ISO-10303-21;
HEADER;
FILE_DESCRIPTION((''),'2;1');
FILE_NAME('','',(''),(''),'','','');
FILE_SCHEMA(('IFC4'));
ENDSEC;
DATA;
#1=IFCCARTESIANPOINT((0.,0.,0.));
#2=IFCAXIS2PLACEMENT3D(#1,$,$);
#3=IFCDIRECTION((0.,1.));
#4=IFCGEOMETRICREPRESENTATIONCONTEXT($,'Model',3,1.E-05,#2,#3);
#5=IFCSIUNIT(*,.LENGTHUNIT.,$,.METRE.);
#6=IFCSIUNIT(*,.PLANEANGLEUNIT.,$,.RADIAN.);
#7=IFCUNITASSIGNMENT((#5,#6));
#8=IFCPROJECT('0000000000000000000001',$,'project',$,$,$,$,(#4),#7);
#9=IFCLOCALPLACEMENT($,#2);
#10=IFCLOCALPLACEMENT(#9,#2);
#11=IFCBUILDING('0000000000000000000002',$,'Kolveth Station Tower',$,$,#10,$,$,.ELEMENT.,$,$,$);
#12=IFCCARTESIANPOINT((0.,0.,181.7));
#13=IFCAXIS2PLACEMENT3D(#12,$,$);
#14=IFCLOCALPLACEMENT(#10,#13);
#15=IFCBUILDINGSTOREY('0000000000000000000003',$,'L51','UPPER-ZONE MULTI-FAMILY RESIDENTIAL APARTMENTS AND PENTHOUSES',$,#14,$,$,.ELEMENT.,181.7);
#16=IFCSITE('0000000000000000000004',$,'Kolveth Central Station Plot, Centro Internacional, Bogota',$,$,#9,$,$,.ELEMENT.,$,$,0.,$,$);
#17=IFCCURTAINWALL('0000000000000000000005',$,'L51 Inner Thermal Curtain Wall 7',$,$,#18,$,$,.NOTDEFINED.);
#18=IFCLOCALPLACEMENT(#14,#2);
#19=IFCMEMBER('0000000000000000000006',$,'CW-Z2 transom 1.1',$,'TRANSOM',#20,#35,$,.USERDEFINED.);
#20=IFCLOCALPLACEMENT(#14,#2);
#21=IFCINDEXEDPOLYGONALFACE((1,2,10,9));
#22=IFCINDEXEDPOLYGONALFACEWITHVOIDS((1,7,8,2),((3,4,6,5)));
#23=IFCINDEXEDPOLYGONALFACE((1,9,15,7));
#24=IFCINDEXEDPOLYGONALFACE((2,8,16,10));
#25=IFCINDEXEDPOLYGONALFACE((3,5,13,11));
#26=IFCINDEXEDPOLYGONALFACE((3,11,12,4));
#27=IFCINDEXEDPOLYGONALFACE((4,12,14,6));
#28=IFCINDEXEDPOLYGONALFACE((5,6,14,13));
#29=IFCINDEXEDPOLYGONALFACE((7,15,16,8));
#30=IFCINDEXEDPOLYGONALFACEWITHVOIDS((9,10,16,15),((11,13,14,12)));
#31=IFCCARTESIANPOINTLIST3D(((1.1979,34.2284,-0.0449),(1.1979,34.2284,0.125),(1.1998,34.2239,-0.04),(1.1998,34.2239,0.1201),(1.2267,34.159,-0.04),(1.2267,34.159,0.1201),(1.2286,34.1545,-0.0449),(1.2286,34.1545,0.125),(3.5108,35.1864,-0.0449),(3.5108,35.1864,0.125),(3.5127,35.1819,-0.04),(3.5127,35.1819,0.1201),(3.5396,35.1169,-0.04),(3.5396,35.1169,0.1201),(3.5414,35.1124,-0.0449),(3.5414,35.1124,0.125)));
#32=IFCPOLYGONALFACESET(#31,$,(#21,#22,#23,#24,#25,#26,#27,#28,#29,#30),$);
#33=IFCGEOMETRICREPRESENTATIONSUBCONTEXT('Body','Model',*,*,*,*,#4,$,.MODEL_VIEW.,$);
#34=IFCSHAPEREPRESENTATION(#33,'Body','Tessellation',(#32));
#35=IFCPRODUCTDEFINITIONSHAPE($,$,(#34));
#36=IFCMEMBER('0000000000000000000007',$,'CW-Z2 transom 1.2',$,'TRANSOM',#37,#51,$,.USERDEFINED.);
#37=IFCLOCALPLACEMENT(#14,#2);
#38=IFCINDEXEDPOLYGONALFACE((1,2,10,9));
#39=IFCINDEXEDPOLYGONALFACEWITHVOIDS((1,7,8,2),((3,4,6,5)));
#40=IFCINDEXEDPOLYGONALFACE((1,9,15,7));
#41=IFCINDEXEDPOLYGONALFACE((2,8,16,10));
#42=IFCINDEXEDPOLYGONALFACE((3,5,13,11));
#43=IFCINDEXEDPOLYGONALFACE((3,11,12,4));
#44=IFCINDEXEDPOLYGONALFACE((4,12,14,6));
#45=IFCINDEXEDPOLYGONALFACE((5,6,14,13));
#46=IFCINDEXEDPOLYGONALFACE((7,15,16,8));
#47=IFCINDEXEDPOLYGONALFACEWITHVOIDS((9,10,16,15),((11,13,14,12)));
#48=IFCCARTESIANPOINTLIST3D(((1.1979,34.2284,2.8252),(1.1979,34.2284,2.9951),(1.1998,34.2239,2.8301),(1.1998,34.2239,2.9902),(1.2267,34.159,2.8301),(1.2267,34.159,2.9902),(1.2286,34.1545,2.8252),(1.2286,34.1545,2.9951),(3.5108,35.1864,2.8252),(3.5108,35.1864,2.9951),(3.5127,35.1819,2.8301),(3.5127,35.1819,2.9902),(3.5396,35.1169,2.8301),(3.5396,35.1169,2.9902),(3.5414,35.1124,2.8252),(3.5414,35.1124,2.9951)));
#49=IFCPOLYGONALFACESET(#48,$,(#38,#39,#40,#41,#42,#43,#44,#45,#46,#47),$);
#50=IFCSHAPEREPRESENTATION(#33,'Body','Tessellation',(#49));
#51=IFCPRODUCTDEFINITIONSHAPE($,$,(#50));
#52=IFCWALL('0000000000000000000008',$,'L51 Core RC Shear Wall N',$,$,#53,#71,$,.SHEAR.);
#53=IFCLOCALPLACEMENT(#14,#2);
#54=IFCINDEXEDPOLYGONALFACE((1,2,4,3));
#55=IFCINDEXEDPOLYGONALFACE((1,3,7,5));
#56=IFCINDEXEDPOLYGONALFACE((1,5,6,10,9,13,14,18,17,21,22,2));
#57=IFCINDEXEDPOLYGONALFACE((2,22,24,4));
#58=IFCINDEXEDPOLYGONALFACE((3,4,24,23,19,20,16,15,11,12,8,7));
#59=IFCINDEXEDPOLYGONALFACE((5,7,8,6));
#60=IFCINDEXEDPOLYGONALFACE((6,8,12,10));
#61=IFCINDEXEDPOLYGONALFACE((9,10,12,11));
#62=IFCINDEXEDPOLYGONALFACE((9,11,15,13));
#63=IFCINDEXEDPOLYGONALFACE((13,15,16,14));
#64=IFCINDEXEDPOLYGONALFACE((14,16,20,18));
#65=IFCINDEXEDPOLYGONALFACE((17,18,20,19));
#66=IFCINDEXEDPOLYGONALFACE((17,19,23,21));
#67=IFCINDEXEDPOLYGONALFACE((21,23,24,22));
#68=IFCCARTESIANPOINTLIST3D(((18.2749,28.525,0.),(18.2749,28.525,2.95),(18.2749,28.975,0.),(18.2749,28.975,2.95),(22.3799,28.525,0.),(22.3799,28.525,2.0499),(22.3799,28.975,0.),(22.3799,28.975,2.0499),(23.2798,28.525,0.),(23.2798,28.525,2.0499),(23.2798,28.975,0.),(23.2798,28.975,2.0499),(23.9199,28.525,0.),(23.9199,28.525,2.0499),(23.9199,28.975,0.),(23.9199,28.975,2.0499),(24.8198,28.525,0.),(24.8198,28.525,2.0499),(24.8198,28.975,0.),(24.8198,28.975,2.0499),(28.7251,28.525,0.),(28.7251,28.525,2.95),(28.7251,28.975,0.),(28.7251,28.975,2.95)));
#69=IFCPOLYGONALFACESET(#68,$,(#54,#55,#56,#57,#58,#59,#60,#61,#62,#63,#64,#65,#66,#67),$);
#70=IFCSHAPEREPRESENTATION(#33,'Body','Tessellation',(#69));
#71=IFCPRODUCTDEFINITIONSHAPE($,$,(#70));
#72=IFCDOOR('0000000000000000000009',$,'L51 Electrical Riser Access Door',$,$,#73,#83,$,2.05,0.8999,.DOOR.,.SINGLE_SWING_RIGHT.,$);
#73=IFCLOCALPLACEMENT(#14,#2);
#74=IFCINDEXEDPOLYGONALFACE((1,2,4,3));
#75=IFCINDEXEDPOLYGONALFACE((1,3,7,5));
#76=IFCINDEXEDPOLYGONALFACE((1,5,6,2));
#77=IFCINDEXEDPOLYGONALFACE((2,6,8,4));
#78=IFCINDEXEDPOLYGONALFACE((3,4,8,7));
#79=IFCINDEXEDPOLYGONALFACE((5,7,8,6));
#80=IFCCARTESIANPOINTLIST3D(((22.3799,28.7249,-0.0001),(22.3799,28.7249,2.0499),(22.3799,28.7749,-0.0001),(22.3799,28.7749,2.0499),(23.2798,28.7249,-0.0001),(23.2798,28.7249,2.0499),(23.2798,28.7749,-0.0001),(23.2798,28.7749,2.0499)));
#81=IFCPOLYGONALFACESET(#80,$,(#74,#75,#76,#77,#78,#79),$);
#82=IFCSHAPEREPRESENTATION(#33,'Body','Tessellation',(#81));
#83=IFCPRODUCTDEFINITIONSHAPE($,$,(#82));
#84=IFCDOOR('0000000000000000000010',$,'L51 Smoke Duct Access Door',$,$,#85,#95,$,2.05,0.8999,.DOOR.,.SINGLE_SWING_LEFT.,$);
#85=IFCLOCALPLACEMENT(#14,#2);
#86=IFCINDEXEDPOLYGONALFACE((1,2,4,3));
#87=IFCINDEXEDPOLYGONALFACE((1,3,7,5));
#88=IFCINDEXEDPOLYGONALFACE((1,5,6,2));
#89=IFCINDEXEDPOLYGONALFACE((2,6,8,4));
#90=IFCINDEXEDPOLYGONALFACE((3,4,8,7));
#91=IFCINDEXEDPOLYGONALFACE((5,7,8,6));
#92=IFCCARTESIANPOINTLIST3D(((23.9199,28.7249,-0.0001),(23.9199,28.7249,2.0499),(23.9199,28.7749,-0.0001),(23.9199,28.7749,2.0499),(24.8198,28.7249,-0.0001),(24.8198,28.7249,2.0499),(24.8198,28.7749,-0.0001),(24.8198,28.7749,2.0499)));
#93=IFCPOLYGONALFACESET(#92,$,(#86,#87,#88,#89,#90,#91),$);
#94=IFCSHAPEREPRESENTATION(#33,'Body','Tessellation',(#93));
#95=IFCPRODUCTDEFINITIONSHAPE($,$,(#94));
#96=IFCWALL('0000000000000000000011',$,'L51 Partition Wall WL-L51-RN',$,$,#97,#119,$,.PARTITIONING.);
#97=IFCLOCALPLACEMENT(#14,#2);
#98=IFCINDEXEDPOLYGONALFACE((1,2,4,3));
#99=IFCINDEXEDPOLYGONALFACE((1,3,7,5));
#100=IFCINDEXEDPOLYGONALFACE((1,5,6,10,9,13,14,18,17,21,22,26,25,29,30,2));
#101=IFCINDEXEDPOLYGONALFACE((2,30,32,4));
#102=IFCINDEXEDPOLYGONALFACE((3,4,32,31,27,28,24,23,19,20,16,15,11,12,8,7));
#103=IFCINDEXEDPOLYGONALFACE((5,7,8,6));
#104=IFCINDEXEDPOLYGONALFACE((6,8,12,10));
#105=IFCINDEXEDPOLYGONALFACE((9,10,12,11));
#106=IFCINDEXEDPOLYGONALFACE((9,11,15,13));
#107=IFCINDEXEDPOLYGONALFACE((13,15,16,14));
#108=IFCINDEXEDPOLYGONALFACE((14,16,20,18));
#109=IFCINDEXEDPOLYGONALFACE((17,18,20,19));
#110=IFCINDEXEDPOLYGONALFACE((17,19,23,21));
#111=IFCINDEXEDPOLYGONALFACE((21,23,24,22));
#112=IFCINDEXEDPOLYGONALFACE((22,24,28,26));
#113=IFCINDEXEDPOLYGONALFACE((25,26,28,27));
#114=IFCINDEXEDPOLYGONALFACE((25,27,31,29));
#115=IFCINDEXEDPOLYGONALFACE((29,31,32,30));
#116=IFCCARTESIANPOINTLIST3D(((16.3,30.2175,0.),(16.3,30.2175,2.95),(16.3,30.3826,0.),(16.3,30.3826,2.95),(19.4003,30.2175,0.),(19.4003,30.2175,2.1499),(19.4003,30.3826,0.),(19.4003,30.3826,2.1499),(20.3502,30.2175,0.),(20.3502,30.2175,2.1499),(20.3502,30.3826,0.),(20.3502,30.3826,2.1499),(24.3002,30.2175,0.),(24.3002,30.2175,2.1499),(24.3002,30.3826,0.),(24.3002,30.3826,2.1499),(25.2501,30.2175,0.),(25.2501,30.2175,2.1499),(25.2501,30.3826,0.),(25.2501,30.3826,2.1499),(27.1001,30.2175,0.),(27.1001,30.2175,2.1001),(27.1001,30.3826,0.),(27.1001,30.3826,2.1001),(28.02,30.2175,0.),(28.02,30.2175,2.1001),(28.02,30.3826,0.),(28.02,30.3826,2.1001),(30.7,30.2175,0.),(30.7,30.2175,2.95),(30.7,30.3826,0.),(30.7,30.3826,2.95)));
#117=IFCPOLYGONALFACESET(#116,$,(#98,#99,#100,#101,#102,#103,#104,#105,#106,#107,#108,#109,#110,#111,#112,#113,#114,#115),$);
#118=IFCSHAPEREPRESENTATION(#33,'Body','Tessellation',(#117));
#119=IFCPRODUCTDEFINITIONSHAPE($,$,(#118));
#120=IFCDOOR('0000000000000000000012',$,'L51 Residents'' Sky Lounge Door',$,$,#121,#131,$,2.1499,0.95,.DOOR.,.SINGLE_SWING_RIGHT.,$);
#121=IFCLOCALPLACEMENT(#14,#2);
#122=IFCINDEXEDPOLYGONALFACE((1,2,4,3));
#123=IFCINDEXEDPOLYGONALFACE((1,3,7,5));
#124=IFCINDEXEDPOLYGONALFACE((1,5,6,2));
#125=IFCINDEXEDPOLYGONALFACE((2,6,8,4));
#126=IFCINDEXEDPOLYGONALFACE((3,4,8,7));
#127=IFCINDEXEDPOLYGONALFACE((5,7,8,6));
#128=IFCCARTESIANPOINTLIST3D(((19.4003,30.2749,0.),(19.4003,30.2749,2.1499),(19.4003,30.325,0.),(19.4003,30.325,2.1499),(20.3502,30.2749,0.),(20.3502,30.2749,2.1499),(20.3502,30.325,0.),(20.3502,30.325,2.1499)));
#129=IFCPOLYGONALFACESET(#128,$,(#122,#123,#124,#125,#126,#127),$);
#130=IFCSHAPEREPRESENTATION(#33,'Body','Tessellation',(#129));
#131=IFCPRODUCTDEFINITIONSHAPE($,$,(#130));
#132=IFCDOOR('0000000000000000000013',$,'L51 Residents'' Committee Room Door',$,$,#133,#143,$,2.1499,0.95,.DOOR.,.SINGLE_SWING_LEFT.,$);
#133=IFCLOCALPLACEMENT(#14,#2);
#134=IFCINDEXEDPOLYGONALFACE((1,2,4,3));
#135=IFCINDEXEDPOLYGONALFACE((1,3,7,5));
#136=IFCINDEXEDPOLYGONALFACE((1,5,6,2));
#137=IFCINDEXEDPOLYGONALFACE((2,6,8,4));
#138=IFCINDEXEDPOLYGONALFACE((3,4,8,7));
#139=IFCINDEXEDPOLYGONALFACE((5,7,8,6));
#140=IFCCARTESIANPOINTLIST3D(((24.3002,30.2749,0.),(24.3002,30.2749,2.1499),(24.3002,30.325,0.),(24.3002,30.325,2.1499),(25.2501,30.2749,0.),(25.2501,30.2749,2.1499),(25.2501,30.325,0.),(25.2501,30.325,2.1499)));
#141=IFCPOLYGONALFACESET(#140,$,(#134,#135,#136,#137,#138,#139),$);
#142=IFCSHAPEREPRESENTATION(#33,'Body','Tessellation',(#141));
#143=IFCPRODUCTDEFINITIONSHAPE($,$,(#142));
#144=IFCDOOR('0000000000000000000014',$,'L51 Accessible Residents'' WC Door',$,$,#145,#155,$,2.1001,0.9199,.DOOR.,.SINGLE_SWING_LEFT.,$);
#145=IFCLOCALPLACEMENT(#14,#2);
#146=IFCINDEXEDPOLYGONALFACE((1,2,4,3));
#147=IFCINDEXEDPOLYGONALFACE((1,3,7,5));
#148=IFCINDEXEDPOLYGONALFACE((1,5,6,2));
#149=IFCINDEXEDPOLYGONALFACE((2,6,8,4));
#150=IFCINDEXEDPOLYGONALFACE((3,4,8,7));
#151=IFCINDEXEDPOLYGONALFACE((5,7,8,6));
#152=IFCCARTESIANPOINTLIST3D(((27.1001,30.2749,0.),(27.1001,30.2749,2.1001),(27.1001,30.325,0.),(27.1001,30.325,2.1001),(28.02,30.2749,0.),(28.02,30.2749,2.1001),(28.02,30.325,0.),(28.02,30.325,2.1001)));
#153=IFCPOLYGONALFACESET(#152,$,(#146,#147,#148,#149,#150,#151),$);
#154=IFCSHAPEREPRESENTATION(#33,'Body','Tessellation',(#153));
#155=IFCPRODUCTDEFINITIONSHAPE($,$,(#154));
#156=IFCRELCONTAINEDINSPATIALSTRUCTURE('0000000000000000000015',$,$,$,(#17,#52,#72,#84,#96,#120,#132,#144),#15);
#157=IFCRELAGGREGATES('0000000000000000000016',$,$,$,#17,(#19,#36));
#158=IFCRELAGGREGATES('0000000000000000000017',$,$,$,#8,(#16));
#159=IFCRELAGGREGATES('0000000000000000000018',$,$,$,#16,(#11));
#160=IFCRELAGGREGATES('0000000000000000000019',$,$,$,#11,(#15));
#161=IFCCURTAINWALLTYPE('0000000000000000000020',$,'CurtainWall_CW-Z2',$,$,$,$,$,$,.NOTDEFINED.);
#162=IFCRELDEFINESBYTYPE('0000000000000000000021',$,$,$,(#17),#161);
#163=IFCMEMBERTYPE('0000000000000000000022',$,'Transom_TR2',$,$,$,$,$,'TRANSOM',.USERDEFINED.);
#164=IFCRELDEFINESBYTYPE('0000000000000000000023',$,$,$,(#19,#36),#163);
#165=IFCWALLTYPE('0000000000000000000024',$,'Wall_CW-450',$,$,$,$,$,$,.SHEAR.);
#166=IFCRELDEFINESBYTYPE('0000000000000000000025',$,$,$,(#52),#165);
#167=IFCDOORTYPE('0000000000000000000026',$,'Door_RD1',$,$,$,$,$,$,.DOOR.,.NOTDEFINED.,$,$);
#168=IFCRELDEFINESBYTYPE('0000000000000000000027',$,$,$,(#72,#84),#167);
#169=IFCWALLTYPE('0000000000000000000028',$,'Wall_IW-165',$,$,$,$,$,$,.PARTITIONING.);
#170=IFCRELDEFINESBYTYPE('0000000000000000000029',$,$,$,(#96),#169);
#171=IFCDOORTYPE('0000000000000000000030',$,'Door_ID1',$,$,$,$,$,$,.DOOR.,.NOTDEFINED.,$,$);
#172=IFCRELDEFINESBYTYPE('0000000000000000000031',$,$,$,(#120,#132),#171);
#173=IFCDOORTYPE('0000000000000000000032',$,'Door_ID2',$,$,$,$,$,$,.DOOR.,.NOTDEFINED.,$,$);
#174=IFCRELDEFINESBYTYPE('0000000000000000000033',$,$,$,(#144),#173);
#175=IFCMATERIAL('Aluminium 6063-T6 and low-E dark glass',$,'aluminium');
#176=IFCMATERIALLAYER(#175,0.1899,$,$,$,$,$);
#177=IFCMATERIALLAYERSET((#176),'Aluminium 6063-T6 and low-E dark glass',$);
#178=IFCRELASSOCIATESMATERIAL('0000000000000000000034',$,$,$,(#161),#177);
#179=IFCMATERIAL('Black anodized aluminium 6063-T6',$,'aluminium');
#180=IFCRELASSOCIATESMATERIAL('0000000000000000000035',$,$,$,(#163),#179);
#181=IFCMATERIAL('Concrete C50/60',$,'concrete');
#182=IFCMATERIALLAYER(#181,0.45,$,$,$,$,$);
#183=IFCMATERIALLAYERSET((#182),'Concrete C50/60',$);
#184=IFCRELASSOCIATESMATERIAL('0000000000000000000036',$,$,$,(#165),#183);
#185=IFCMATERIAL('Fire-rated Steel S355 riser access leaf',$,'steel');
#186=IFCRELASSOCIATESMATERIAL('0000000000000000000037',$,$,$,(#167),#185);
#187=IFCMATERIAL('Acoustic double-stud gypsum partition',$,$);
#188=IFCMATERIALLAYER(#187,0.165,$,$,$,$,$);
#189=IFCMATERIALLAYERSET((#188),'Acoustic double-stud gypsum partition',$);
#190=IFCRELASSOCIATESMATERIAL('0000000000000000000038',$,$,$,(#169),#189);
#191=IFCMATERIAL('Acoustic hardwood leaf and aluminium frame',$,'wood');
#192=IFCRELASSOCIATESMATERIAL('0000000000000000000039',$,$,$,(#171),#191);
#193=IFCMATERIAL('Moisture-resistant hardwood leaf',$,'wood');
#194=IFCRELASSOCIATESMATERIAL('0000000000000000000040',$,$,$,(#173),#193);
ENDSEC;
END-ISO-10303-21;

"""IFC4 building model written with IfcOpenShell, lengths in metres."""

from ifc_helpers import new_model, si_unit, direction, frame, frame_2d, origin, origin_2d, place, context, subcontext, project, spatial, rectangle, hollow_rectangle, extrude, source, transform, mapped, material, layer, layer_set, material_profile, profile_set, type_object, element, fill, aggregate, save


model = new_model("IFC4")

# Units and contexts
model_context = context("Model", 3, precision=1e-05, world=origin(), true_north=direction((0.0, 1.0)))
body_context = subcontext(model_context, "Body", "Model", "MODEL_VIEW")
ifc_project = project(units=[si_unit("LENGTHUNIT", "METRE"), si_unit("PLANEANGLEUNIT", "RADIAN")], contexts=[model_context])

# Site, building, storey
site_placement = place(None, origin())
site = spatial("IfcSite", under=ifc_project, at=site_placement, Name="Kolveth Central Station Plot, Centro Internacional, Bogota", CompositionType="ELEMENT", RefElevation=0.0)
building_placement = place(site_placement, origin())
building = spatial("IfcBuilding", under=site, at=building_placement, Name="Kolveth Station Tower", CompositionType="ELEMENT")
storey_placement = place(building_placement, frame((0.0, 0.0, 181.7)))
storey = spatial("IfcBuildingStorey", under=building, at=storey_placement, Name="L51", Description="UPPER-ZONE MULTI-FAMILY RESIDENTIAL APARTMENTS AND PENTHOUSES", CompositionType="ELEMENT", Elevation=181.7)

# Shared definitions
ifc_material_1 = material(Name="Aluminium 6063-T6 and low-E dark glass", Category="aluminium")
ifc_layer_1 = layer(ifc_material_1, 0.1899)
ifc_layer_set_1 = layer_set([ifc_layer_1], Name="Aluminium 6063-T6 and low-E dark glass")
curtain_wall_type = type_object("IfcCurtainWallType", Name="CurtainWall_CW-Z2", PredefinedType="NOTDEFINED", material=ifc_layer_set_1)
ifc_material_2 = material(Name="Black anodized aluminium 6063-T6", Category="aluminium")

# Curtain wall, members
curtain_wall_1_placement = place(storey_placement, origin())
curtain_wall_1 = element("IfcCurtainWall", 1, at=curtain_wall_1_placement, inside=storey, type_object=curtain_wall_type, Name="L51 Inner Thermal Curtain Wall 7", PredefinedType="NOTDEFINED")
ifc_material_profile_1 = material_profile(ifc_material_2, hollow_rectangle(XDim=0.0801, YDim=0.1699, WallThickness=0.0049, at=origin_2d()), Name="ALU-80x170x5")
ifc_profile_set_1 = profile_set([ifc_material_profile_1], Name="Black anodized aluminium 6063-T6")
member_type_1 = type_object("IfcMemberType", Name="Transom_TR2", ElementType="TRANSOM", PredefinedType="USERDEFINED", material=ifc_profile_set_1)
shared_shape_1 = source(origin(), body_context, "Body", "SweptSolid", [
    extrude(hollow_rectangle(XDim=0.0801, YDim=0.1699, WallThickness=0.0049, at=origin_2d()), origin(), (0.0, 0.0, 1.0), 2.5034),
])
member_1_placement = place(storey_placement, frame((3.5261, 35.1494, 0.04), z_axis=(-0.923888, -0.382662, 0.0), x_axis=(0.382662, -0.923888, 0.0)))
member_1 = element("IfcMember", 2, at=member_1_placement, type_object=member_type_1, Name="CW-Z2 transom 1.1", ObjectType="TRANSOM", PredefinedType="USERDEFINED", context=body_context, shape_type="MappedRepresentation", body=[
    mapped(shared_shape_1, transform((0.0, 0.0, 0.0), x_axis=(1.0, 0.0, 0.0), y_axis=(0.0, 1.0, 0.0), z_axis=(0.0, 0.0, 1.0), scale=1.0)),
])
member_2_placement = place(storey_placement, frame((3.5261, 35.1494, 2.9102), z_axis=(-0.923888, -0.382662, 0.0), x_axis=(0.382662, -0.923888, 0.0)))
member_2 = element("IfcMember", 3, at=member_2_placement, type_object=member_type_1, Name="CW-Z2 transom 1.2", ObjectType="TRANSOM", PredefinedType="USERDEFINED", context=body_context, shape_type="MappedRepresentation", body=[
    mapped(shared_shape_1, transform((0.0, 0.0, 0.0), x_axis=(1.0, 0.0, 0.0), y_axis=(0.0, 1.0, 0.0), z_axis=(0.0, 0.0, 1.0), scale=1.0)),
])
aggregate(curtain_wall_1, [member_1, member_2])

# Walls, openings, doors
ifc_material_3 = material(Name="Concrete C50/60", Category="concrete")
ifc_layer_2 = layer(ifc_material_3, 0.45)
ifc_layer_set_2 = layer_set([ifc_layer_2], Name="Concrete C50/60")
wall_type_1 = type_object("IfcWallType", Name="Wall_CW-450", PredefinedType="SHEAR", material=ifc_layer_set_2)
wall_1_placement = place(storey_placement, frame((18.2749, 28.75, 0.0), z_axis=(0.0, 0.0, 1.0), x_axis=(1.0, 0.0, 0.0)))
wall_1 = element("IfcWall", 4, at=wall_1_placement, inside=storey, type_object=wall_type_1, Name="L51 Core RC Shear Wall N", PredefinedType="SHEAR", context=body_context, shape_type="SweptSolid", body=[
    extrude(rectangle(XDim=10.4502, YDim=0.45, at=frame_2d((5.2251, 0.0))), origin(), (0.0, 0.0, 1.0), 2.95),
])
opening_1_placement = place(wall_1_placement, frame((4.105, 0.0, 0.0)))
opening_1 = element("IfcOpeningElement", 5, at=opening_1_placement, cuts=wall_1, PredefinedType="OPENING", context=body_context, shape_type="SweptSolid", body=[
    extrude(rectangle(XDim=0.8999, YDim=2.05, at=frame_2d((0.45, 1.0249))), frame((0.0, 0.2349, 0.0), z_axis=(0.0, -1.0, 0.0), x_axis=(1.0, 0.0, 0.0)), (0.0, 0.0, 1.0), 0.47),
])
opening_2_placement = place(wall_1_placement, frame((5.645, 0.0, 0.0)))
opening_2 = element("IfcOpeningElement", 6, at=opening_2_placement, cuts=wall_1, PredefinedType="OPENING", context=body_context, shape_type="SweptSolid", body=[
    extrude(rectangle(XDim=0.8999, YDim=2.05, at=frame_2d((0.45, 1.0249))), frame((0.0, 0.2349, 0.0), z_axis=(0.0, -1.0, 0.0), x_axis=(1.0, 0.0, 0.0)), (0.0, 0.0, 1.0), 0.47),
])
ifc_material_4 = material(Name="Fire-rated Steel S355 riser access leaf", Category="steel")
door_type_1 = type_object("IfcDoorType", Name="Door_RD1", OperationType="NOTDEFINED", PredefinedType="DOOR", material=ifc_material_4)
door_1_placement = place(opening_1_placement, origin())
door_1 = element("IfcDoor", 7, at=door_1_placement, inside=storey, type_object=door_type_1, Name="L51 Electrical Riser Access Door", OperationType="SINGLE_SWING_RIGHT", OverallHeight=2.05, OverallWidth=0.8999, PredefinedType="DOOR", context=body_context, shape_type="SweptSolid", body=[
    extrude(rectangle(XDim=0.8999, YDim=2.05, at=frame_2d((0.45, 1.0249))), frame((0.0, 0.0249, 0.0), z_axis=(0.0, -1.0, 0.0), x_axis=(1.0, 0.0, 0.0)), (0.0, 0.0, 1.0), 0.05),
])
fill(opening_1, door_1)
door_2_placement = place(opening_2_placement, origin())
door_2 = element("IfcDoor", 8, at=door_2_placement, inside=storey, type_object=door_type_1, Name="L51 Smoke Duct Access Door", OperationType="SINGLE_SWING_LEFT", OverallHeight=2.05, OverallWidth=0.8999, PredefinedType="DOOR", context=body_context, shape_type="SweptSolid", body=[
    extrude(rectangle(XDim=0.8999, YDim=2.05, at=frame_2d((0.45, 1.0249))), frame((0.0, 0.0249, 0.0), z_axis=(0.0, -1.0, 0.0), x_axis=(1.0, 0.0, 0.0)), (0.0, 0.0, 1.0), 0.05),
])
fill(opening_2, door_2)
ifc_material_5 = material(Name="Acoustic double-stud gypsum partition")
ifc_layer_3 = layer(ifc_material_5, 0.165)
ifc_layer_set_3 = layer_set([ifc_layer_3], Name="Acoustic double-stud gypsum partition")
wall_type_2 = type_object("IfcWallType", Name="Wall_IW-165", PredefinedType="PARTITIONING", material=ifc_layer_set_3)
wall_2_placement = place(storey_placement, frame((16.3, 30.3, 0.0), z_axis=(0.0, 0.0, 1.0), x_axis=(1.0, 0.0, 0.0)))
wall_2 = element("IfcWall", 9, at=wall_2_placement, inside=storey, type_object=wall_type_2, Name="L51 Partition Wall WL-L51-RN", PredefinedType="PARTITIONING", context=body_context, shape_type="SweptSolid", body=[
    extrude(rectangle(XDim=14.3999, YDim=0.165, at=frame_2d((7.2, 0.0))), origin(), (0.0, 0.0, 1.0), 2.95),
])
opening_3_placement = place(wall_2_placement, frame((3.1001, 0.0, 0.0)))
opening_3 = element("IfcOpeningElement", 10, at=opening_3_placement, cuts=wall_2, PredefinedType="OPENING", context=body_context, shape_type="SweptSolid", body=[
    extrude(rectangle(XDim=0.95, YDim=2.1499, at=frame_2d((0.4751, 1.075))), frame((0.0, 0.0925, 0.0), z_axis=(0.0, -1.0, 0.0), x_axis=(1.0, 0.0, 0.0)), (0.0, 0.0, 1.0), 0.1851),
])
opening_4_placement = place(wall_2_placement, frame((8.0, 0.0, 0.0)))
opening_4 = element("IfcOpeningElement", 11, at=opening_4_placement, cuts=wall_2, PredefinedType="OPENING", context=body_context, shape_type="SweptSolid", body=[
    extrude(rectangle(XDim=0.95, YDim=2.1499, at=frame_2d((0.4751, 1.075))), frame((0.0, 0.0925, 0.0), z_axis=(0.0, -1.0, 0.0), x_axis=(1.0, 0.0, 0.0)), (0.0, 0.0, 1.0), 0.1851),
])
opening_5_placement = place(wall_2_placement, frame((10.8, 0.0, 0.0)))
opening_5 = element("IfcOpeningElement", 12, at=opening_5_placement, cuts=wall_2, PredefinedType="OPENING", context=body_context, shape_type="SweptSolid", body=[
    extrude(rectangle(XDim=0.9199, YDim=2.1001, at=frame_2d((0.46, 1.05))), frame((0.0, 0.0925, 0.0), z_axis=(0.0, -1.0, 0.0), x_axis=(1.0, 0.0, 0.0)), (0.0, 0.0, 1.0), 0.1851),
])
ifc_material_6 = material(Name="Acoustic hardwood leaf and aluminium frame", Category="wood")
door_type_2 = type_object("IfcDoorType", Name="Door_ID1", OperationType="NOTDEFINED", PredefinedType="DOOR", material=ifc_material_6)
door_3_placement = place(opening_3_placement, origin())
door_3 = element("IfcDoor", 13, at=door_3_placement, inside=storey, type_object=door_type_2, Name="L51 Residents' Sky Lounge Door", OperationType="SINGLE_SWING_RIGHT", OverallHeight=2.1499, OverallWidth=0.95, PredefinedType="DOOR", context=body_context, shape_type="SweptSolid", body=[
    extrude(rectangle(XDim=0.95, YDim=2.1499, at=frame_2d((0.4751, 1.075))), frame((0.0, 0.0249, 0.0), z_axis=(0.0, -1.0, 0.0), x_axis=(1.0, 0.0, 0.0)), (0.0, 0.0, 1.0), 0.05),
])
fill(opening_3, door_3)
door_4_placement = place(opening_4_placement, origin())
door_4 = element("IfcDoor", 14, at=door_4_placement, inside=storey, type_object=door_type_2, Name="L51 Residents' Committee Room Door", OperationType="SINGLE_SWING_LEFT", OverallHeight=2.1499, OverallWidth=0.95, PredefinedType="DOOR", context=body_context, shape_type="SweptSolid", body=[
    extrude(rectangle(XDim=0.95, YDim=2.1499, at=frame_2d((0.4751, 1.075))), frame((0.0, 0.0249, 0.0), z_axis=(0.0, -1.0, 0.0), x_axis=(1.0, 0.0, 0.0)), (0.0, 0.0, 1.0), 0.05),
])
fill(opening_4, door_4)
ifc_material_7 = material(Name="Moisture-resistant hardwood leaf", Category="wood")
door_type_3 = type_object("IfcDoorType", Name="Door_ID2", OperationType="NOTDEFINED", PredefinedType="DOOR", material=ifc_material_7)
door_5_placement = place(opening_5_placement, origin())
door_5 = element("IfcDoor", 15, at=door_5_placement, inside=storey, type_object=door_type_3, Name="L51 Accessible Residents' WC Door", OperationType="SINGLE_SWING_LEFT", OverallHeight=2.1001, OverallWidth=0.9199, PredefinedType="DOOR", context=body_context, shape_type="SweptSolid", body=[
    extrude(rectangle(XDim=0.9199, YDim=2.1001, at=frame_2d((0.46, 1.05))), frame((0.0, 0.0249, 0.0), z_axis=(0.0, -1.0, 0.0), x_axis=(1.0, 0.0, 0.0)), (0.0, 0.0, 1.0), 0.05),
])
fill(opening_5, door_5)

save(model, "model.ifc")
